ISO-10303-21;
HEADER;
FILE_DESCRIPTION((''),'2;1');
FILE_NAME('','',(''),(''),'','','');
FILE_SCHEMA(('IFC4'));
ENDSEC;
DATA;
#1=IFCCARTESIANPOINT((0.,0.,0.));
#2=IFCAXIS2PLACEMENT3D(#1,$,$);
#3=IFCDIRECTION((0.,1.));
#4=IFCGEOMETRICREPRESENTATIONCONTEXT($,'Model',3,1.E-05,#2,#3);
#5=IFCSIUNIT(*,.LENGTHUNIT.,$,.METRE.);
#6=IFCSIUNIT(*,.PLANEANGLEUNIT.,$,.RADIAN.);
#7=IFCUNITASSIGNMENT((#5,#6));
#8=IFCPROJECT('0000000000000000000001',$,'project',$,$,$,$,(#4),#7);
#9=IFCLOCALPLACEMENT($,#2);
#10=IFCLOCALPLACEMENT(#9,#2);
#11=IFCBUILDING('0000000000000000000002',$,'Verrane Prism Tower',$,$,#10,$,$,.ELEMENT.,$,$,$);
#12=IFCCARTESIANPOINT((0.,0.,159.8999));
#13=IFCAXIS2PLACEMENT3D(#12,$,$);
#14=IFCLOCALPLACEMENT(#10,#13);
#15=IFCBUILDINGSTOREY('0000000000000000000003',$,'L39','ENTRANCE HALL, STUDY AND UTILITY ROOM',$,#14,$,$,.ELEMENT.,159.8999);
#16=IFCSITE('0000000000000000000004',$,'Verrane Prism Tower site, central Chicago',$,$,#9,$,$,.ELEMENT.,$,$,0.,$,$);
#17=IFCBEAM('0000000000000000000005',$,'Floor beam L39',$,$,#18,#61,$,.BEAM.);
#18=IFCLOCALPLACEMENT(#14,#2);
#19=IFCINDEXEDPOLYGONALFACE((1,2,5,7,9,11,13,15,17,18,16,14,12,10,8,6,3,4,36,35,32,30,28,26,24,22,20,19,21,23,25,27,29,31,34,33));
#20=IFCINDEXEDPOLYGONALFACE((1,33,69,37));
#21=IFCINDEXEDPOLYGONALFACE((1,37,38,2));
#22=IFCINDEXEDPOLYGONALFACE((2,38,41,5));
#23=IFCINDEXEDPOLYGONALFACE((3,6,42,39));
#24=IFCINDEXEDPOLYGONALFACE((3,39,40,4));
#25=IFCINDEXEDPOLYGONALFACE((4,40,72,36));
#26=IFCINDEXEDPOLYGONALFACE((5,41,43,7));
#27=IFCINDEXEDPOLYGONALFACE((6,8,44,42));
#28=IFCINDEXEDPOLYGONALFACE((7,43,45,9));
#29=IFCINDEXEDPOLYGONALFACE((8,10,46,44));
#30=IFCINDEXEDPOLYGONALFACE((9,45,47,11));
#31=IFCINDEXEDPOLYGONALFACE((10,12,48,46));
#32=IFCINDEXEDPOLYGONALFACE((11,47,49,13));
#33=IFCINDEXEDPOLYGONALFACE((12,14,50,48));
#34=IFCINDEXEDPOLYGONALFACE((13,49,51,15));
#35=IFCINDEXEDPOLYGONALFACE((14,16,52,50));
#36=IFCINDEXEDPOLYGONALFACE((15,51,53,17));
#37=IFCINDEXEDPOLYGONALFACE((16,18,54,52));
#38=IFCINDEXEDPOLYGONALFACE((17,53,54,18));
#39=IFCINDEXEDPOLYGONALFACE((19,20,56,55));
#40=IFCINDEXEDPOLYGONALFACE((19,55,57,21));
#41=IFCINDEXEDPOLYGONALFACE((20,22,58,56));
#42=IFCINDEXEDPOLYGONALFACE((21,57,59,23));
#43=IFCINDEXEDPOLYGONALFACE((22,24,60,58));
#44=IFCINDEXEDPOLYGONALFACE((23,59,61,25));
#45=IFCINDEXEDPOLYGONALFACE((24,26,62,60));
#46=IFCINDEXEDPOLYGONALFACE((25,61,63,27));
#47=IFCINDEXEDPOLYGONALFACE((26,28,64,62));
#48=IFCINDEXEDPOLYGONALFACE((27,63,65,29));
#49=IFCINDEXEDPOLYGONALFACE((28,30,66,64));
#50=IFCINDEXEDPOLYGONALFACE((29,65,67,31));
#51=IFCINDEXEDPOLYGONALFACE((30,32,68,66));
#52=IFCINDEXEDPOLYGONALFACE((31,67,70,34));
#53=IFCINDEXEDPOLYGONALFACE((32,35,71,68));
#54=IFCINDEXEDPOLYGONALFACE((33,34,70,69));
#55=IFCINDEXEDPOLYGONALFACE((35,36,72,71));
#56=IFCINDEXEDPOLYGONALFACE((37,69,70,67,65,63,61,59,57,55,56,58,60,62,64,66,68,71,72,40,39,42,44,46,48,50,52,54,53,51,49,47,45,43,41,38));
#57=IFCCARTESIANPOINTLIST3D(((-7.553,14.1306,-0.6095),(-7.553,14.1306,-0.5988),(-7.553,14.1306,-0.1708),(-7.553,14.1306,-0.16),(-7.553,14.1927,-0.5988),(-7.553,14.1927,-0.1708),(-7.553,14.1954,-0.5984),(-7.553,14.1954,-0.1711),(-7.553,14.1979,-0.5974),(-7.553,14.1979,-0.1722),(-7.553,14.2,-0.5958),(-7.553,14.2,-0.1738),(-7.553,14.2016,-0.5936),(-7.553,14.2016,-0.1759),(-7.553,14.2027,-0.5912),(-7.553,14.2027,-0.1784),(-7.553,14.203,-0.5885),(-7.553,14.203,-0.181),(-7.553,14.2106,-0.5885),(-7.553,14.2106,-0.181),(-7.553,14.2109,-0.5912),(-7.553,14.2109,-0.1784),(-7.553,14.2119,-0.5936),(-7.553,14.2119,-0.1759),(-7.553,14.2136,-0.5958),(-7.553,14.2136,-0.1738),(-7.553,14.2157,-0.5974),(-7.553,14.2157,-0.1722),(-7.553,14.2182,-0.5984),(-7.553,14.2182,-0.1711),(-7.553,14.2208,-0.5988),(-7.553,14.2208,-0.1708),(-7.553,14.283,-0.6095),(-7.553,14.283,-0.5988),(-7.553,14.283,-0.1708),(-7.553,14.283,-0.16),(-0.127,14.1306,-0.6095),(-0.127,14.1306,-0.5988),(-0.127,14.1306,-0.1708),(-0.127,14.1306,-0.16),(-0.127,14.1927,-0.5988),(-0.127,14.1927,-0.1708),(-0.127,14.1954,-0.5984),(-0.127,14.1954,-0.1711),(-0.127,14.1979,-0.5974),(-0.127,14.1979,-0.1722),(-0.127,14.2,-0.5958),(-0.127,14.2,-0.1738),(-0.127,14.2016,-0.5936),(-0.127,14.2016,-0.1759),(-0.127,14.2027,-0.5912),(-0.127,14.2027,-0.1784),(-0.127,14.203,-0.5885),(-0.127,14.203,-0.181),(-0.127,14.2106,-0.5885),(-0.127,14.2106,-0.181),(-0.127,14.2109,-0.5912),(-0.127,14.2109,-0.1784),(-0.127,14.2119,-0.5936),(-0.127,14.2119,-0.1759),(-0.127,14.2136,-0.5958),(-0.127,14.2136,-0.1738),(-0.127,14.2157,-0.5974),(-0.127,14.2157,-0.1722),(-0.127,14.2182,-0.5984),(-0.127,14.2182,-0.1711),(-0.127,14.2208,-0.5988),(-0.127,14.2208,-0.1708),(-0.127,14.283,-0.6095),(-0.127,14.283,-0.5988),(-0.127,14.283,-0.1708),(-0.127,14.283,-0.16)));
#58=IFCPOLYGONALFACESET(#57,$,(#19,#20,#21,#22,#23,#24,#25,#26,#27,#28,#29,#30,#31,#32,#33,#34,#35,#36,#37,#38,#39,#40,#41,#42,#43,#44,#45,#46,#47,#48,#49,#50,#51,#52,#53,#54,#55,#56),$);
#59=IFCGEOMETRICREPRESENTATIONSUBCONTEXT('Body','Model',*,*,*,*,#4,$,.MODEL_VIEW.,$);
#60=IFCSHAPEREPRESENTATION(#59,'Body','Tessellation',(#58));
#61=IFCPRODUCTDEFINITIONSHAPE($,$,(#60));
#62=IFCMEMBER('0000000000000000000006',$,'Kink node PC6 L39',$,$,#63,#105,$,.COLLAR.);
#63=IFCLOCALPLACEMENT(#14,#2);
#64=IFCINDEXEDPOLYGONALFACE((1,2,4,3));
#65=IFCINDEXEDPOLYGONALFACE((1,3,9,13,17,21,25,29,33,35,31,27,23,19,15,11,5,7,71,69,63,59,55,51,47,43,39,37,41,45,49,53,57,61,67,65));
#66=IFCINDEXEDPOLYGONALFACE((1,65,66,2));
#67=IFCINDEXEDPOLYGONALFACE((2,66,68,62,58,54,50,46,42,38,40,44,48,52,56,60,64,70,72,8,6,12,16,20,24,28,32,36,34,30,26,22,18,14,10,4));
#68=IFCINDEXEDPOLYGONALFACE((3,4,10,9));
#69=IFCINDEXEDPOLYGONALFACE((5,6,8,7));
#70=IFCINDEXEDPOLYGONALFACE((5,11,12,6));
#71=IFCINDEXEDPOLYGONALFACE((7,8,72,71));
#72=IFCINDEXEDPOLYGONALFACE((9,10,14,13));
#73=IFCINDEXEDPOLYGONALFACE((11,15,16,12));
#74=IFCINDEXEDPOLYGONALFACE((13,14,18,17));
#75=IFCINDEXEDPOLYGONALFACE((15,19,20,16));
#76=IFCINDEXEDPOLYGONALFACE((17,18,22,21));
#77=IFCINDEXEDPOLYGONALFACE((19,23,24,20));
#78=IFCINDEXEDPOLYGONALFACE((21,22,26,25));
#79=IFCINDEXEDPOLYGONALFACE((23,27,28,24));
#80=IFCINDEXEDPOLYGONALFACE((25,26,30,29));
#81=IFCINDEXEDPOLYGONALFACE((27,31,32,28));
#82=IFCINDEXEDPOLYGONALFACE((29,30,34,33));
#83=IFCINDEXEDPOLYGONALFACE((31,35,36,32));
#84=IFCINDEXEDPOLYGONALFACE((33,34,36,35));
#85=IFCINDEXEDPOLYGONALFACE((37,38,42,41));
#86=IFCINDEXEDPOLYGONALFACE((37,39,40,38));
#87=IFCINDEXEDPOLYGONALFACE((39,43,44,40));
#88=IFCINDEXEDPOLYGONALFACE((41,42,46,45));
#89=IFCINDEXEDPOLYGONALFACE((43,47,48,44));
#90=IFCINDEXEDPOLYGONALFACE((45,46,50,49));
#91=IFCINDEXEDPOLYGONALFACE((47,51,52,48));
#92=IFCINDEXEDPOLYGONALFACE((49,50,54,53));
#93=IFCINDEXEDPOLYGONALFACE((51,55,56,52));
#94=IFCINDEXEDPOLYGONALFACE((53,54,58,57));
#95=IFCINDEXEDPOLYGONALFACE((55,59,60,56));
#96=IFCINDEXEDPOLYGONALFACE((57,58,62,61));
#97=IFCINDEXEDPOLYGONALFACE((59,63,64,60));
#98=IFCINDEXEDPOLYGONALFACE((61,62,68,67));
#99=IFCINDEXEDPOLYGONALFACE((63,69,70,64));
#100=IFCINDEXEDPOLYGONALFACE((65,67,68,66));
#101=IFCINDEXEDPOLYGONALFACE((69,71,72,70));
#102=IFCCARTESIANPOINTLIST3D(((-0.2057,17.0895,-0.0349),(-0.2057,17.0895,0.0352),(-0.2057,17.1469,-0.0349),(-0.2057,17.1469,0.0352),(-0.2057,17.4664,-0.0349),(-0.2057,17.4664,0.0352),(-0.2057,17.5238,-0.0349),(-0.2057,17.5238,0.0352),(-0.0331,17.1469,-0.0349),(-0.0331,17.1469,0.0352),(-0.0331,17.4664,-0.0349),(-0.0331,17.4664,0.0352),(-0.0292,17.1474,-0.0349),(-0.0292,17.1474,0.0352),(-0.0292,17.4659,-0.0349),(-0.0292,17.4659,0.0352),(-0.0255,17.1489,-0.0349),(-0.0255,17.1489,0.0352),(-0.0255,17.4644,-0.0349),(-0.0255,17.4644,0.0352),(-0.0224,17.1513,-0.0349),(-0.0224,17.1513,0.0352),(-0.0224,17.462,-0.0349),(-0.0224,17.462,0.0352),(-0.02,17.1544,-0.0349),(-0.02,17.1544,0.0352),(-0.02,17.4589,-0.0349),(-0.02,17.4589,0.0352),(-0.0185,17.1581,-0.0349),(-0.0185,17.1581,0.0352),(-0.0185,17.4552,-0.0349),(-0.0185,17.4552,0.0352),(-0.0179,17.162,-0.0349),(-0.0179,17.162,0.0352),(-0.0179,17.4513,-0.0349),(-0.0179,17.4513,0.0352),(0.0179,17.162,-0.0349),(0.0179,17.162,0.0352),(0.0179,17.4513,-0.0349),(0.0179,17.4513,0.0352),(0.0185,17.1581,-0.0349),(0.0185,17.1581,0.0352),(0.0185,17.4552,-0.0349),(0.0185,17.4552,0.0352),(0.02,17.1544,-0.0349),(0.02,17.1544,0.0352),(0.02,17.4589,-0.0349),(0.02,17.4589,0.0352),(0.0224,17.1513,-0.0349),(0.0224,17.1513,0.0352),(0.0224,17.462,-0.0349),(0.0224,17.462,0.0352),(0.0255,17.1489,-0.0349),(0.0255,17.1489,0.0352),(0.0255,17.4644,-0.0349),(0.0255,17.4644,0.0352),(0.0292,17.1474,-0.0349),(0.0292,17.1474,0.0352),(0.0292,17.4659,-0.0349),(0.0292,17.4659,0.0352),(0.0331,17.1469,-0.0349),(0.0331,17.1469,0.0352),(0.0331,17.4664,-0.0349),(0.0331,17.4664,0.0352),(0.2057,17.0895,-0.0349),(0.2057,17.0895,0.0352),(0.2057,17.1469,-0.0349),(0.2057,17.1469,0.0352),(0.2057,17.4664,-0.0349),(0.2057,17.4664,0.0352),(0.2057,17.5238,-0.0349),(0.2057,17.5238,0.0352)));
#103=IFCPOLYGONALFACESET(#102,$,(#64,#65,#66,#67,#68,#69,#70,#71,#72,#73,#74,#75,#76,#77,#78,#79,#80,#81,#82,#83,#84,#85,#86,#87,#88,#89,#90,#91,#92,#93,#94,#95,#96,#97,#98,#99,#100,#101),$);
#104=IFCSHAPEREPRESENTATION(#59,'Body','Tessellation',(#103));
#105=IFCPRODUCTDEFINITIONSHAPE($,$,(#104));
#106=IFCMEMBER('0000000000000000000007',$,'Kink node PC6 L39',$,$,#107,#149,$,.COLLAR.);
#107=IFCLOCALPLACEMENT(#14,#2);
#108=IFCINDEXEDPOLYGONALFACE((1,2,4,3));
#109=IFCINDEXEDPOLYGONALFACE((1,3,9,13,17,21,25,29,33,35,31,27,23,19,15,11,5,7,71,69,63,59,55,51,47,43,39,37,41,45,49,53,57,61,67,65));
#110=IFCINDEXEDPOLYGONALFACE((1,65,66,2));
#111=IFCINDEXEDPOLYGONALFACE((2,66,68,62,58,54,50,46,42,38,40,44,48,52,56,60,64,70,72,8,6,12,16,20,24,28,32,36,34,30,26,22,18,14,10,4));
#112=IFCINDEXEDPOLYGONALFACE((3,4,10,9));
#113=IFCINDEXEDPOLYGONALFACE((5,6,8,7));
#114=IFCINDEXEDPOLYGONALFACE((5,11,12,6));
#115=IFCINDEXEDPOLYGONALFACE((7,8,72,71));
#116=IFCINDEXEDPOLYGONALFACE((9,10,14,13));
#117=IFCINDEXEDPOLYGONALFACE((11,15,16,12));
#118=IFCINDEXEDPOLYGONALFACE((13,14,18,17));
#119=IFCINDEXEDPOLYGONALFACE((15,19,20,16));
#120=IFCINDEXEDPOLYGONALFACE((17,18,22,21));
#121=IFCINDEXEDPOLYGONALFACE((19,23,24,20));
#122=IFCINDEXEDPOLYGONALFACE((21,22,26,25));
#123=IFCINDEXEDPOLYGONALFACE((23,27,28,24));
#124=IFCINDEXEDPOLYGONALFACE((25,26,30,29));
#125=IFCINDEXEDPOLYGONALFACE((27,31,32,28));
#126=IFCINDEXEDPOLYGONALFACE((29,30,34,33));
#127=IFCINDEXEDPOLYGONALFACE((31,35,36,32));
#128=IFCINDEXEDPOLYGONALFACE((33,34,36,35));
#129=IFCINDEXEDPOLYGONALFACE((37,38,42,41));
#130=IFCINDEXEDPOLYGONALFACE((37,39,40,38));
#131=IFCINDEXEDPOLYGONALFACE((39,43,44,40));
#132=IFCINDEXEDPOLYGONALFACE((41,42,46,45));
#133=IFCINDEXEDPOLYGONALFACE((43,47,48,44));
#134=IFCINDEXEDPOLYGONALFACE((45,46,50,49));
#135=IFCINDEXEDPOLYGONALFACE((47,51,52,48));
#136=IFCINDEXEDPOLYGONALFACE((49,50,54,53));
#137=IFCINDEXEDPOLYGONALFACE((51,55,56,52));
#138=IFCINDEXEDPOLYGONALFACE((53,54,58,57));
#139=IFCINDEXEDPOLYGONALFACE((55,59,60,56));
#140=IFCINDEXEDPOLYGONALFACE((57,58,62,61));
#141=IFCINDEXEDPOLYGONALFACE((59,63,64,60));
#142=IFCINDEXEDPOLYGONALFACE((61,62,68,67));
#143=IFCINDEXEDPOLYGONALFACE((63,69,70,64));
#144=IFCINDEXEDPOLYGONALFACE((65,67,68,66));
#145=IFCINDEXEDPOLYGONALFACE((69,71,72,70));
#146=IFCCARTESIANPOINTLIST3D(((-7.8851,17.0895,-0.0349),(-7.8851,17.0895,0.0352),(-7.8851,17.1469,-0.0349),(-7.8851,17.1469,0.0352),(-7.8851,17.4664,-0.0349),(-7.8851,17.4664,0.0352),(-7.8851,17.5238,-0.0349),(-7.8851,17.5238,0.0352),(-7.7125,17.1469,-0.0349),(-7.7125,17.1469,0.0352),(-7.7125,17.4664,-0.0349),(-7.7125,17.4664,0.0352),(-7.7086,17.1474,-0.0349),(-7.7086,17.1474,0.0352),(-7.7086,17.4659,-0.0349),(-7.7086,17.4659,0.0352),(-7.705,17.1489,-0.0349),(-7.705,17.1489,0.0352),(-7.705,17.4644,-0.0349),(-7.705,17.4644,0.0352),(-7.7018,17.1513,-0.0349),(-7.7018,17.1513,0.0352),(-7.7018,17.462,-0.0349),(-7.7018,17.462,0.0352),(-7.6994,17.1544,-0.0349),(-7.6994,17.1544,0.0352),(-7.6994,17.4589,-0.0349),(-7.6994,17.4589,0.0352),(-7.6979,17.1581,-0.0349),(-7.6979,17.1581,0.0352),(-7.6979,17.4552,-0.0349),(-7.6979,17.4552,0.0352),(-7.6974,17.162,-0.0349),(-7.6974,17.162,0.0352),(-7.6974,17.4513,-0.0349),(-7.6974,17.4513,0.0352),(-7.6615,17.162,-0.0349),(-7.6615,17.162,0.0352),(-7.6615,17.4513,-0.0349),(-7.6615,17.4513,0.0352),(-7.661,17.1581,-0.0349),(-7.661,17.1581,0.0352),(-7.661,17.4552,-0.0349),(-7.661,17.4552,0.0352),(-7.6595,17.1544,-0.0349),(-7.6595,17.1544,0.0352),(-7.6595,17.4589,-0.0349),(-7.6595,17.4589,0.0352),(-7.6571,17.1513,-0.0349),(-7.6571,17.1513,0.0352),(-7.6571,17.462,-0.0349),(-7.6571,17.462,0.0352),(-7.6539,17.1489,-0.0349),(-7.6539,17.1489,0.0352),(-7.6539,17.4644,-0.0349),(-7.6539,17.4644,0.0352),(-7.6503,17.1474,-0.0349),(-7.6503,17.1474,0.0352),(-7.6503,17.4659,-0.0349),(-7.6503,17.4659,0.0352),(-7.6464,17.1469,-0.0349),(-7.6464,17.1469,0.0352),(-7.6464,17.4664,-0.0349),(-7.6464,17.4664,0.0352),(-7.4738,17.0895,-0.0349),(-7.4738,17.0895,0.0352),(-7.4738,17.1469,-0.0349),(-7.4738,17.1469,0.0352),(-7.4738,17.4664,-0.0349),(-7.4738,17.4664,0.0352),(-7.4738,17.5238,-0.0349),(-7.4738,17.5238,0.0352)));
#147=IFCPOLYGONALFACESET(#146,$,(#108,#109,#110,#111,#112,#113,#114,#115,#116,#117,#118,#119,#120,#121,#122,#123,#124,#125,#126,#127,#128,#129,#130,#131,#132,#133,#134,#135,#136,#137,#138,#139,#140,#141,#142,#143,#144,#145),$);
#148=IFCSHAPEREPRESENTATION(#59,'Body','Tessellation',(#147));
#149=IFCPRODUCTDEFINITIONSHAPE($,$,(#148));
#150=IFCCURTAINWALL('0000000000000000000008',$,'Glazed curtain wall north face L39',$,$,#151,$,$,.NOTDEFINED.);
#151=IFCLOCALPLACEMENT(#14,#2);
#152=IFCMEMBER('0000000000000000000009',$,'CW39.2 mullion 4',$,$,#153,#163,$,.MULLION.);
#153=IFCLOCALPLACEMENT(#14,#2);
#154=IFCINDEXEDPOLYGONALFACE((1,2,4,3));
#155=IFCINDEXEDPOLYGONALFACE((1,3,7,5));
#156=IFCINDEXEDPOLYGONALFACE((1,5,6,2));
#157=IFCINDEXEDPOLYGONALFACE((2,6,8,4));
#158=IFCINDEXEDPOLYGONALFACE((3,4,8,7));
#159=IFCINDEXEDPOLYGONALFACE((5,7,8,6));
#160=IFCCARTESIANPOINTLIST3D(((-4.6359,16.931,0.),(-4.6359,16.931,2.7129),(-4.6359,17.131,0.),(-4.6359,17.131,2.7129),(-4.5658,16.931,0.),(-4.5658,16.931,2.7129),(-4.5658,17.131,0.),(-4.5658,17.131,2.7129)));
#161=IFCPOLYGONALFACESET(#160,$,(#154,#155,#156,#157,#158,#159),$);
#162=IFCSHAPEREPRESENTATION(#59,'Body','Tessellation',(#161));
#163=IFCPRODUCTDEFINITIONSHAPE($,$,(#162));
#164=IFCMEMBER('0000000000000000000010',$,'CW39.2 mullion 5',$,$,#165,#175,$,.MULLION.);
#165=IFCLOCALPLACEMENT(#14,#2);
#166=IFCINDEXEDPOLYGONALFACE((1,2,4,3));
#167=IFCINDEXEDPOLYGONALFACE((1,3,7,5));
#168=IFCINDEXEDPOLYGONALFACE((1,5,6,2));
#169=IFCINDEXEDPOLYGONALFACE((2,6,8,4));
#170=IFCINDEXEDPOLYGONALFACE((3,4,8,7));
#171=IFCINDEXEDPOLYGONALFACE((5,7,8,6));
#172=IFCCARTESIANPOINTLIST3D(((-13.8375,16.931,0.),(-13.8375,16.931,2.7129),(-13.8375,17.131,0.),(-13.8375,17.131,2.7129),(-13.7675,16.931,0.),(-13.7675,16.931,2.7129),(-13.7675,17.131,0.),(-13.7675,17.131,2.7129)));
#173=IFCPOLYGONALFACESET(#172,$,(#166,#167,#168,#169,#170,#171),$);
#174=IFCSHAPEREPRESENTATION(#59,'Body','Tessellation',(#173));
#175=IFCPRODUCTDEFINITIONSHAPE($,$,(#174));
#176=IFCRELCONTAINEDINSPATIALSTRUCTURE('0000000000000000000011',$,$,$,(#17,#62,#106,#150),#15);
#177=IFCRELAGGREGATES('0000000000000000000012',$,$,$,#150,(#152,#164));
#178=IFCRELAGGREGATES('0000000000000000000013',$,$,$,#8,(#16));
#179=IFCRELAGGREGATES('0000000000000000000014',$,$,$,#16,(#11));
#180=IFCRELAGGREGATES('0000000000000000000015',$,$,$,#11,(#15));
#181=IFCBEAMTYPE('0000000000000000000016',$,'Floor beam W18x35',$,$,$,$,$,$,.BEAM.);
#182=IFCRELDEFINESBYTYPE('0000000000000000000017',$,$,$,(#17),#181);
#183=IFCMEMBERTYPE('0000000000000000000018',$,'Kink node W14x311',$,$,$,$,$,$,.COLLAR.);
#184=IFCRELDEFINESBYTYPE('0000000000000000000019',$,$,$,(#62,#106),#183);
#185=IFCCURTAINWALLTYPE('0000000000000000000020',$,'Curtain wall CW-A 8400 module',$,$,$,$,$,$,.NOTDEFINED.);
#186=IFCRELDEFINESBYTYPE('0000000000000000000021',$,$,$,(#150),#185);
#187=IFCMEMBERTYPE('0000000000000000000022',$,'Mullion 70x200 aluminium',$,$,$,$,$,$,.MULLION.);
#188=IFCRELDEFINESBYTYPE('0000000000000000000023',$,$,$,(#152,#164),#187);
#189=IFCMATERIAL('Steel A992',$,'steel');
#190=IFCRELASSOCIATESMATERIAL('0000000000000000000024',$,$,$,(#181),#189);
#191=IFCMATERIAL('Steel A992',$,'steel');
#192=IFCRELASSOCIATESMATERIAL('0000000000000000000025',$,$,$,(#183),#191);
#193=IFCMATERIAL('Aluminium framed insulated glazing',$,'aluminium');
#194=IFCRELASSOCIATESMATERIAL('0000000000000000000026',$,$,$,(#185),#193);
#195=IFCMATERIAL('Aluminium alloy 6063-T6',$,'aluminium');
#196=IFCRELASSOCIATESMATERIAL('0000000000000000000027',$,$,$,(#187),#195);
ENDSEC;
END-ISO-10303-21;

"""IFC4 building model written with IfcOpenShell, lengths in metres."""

from ifc_helpers import new_model, si_unit, direction, frame, origin, origin_2d, place, context, subcontext, project, spatial, rectangle, i_section, extrude, material, material_profile, profile_set, type_object, element, aggregate, save


model = new_model("IFC4")

# Units and contexts
model_context = context("Model", 3, precision=1e-05, world=origin(), true_north=direction((0.0, 1.0)))
body_context = subcontext(model_context, "Body", "Model", "MODEL_VIEW")
ifc_project = project(units=[si_unit("LENGTHUNIT", "METRE"), si_unit("PLANEANGLEUNIT", "RADIAN")], contexts=[model_context])

# Site, building, storey
site_placement = place(None, origin())
site = spatial("IfcSite", under=ifc_project, at=site_placement, Name="Verrane Prism Tower site, central Chicago", CompositionType="ELEMENT", RefElevation=0.0)
building_placement = place(site_placement, origin())
building = spatial("IfcBuilding", under=site, at=building_placement, Name="Verrane Prism Tower", CompositionType="ELEMENT")
storey_placement = place(building_placement, frame((0.0, 0.0, 159.8999)))
storey = spatial("IfcBuildingStorey", under=building, at=storey_placement, Name="L39", Description="ENTRANCE HALL, STUDY AND UTILITY ROOM", CompositionType="ELEMENT", Elevation=159.8999)

# Beam
ifc_material_1 = material(Name="Steel A992", Category="steel")
ifc_material_profile_1 = material_profile(ifc_material_1, i_section(OverallWidth=0.1523, OverallDepth=0.4495, WebThickness=0.0076, FlangeThickness=0.0107, FilletRadius=0.0103, at=origin_2d()), Name="W18x35")
ifc_profile_set_1 = profile_set([ifc_material_profile_1], Name="Steel A992")
beam_type_1 = type_object("IfcBeamType", Name="Floor beam W18x35", PredefinedType="BEAM", material=ifc_profile_set_1)
for number, where, z_axis, x_axis, name in (
    (1, (-7.553, 14.2068, -0.3848), (1.0, 0.0, 0.0), (0.0, 1.0, 0.0), "Floor beam L39"),
):
    element("IfcBeam", number, at=place(storey_placement, frame(where, z_axis=z_axis, x_axis=x_axis)), inside=storey, type_object=beam_type_1, Name=name, PredefinedType="BEAM", context=body_context, shape_type="SweptSolid", body=[
        extrude(i_section(OverallWidth=0.1523, OverallDepth=0.4495, WebThickness=0.0076, FlangeThickness=0.0107, FilletRadius=0.0103, at=origin_2d()), origin(), (0.0, 0.0, 1.0), 7.426),
    ])

# Members
ifc_material_2 = material(Name="Steel A992", Category="steel")
ifc_material_profile_2 = material_profile(ifc_material_2, i_section(OverallWidth=0.4114, OverallDepth=0.4343, WebThickness=0.0359, FlangeThickness=0.0574, FilletRadius=0.0151, at=origin_2d()), Name="W14x311")
ifc_profile_set_2 = profile_set([ifc_material_profile_2], Name="Steel A992")
member_type_1 = type_object("IfcMemberType", Name="Kink node W14x311", PredefinedType="COLLAR", material=ifc_profile_set_2)
for number, where, z_axis, x_axis, name in (
    (2, (0.0, 17.3066, -0.0349), (0.0, 0.0, 1.0), (1.0, 0.0, 0.0), "Kink node PC6 L39"),
    (3, (-7.6794, 17.3066, -0.0349), (0.0, 0.0, 1.0), (1.0, 0.0, 0.0), "Kink node PC6 L39"),
):
    element("IfcMember", number, at=place(storey_placement, frame(where, z_axis=z_axis, x_axis=x_axis)), inside=storey, type_object=member_type_1, Name=name, PredefinedType="COLLAR", context=body_context, shape_type="SweptSolid", body=[
        extrude(i_section(OverallWidth=0.4114, OverallDepth=0.4343, WebThickness=0.0359, FlangeThickness=0.0574, FilletRadius=0.0151, at=origin_2d()), origin(), (0.0, 0.0, 1.0), 0.0701),
    ])

# Curtain wall, members
ifc_material_3 = material(Name="Aluminium framed insulated glazing", Category="aluminium")
curtain_wall_type = type_object("IfcCurtainWallType", Name="Curtain wall CW-A 8400 module", PredefinedType="NOTDEFINED", material=ifc_material_3)
curtain_wall_placement = place(storey_placement, origin())
curtain_wall = element("IfcCurtainWall", 4, at=curtain_wall_placement, inside=storey, type_object=curtain_wall_type, Name="Glazed curtain wall north face L39", PredefinedType="NOTDEFINED")
ifc_material_4 = material(Name="Aluminium alloy 6063-T6", Category="aluminium")
ifc_material_profile_3 = material_profile(ifc_material_4, rectangle(XDim=0.2, YDim=0.0701, at=origin_2d()), Name="Mullion 70x200 aluminium")
ifc_profile_set_3 = profile_set([ifc_material_profile_3], Name="Aluminium alloy 6063-T6")
member_type_2 = type_object("IfcMemberType", Name="Mullion 70x200 aluminium", PredefinedType="MULLION", material=ifc_profile_set_3)
member_1_placement = place(storey_placement, frame((-4.6008, 17.031, 0.0), z_axis=(0.0, 0.0, 1.0), x_axis=(0.0, -1.0, 0.0)))
member_1 = element("IfcMember", 5, at=member_1_placement, type_object=member_type_2, Name="CW39.2 mullion 4", PredefinedType="MULLION", context=body_context, shape_type="SweptSolid", body=[
    extrude(rectangle(XDim=0.2, YDim=0.0701, at=origin_2d()), origin(), (0.0, 0.0, 1.0), 2.7129),
])
member_2_placement = place(storey_placement, frame((-13.8025, 17.031, 0.0), z_axis=(0.0, 0.0, 1.0), x_axis=(0.0, -1.0, 0.0)))
member_2 = element("IfcMember", 6, at=member_2_placement, type_object=member_type_2, Name="CW39.2 mullion 5", PredefinedType="MULLION", context=body_context, shape_type="SweptSolid", body=[
    extrude(rectangle(XDim=0.2, YDim=0.0701, at=origin_2d()), origin(), (0.0, 0.0, 1.0), 2.7129),
])

aggregate(curtain_wall, [member_1, member_2])

save(model, "model.ifc")
